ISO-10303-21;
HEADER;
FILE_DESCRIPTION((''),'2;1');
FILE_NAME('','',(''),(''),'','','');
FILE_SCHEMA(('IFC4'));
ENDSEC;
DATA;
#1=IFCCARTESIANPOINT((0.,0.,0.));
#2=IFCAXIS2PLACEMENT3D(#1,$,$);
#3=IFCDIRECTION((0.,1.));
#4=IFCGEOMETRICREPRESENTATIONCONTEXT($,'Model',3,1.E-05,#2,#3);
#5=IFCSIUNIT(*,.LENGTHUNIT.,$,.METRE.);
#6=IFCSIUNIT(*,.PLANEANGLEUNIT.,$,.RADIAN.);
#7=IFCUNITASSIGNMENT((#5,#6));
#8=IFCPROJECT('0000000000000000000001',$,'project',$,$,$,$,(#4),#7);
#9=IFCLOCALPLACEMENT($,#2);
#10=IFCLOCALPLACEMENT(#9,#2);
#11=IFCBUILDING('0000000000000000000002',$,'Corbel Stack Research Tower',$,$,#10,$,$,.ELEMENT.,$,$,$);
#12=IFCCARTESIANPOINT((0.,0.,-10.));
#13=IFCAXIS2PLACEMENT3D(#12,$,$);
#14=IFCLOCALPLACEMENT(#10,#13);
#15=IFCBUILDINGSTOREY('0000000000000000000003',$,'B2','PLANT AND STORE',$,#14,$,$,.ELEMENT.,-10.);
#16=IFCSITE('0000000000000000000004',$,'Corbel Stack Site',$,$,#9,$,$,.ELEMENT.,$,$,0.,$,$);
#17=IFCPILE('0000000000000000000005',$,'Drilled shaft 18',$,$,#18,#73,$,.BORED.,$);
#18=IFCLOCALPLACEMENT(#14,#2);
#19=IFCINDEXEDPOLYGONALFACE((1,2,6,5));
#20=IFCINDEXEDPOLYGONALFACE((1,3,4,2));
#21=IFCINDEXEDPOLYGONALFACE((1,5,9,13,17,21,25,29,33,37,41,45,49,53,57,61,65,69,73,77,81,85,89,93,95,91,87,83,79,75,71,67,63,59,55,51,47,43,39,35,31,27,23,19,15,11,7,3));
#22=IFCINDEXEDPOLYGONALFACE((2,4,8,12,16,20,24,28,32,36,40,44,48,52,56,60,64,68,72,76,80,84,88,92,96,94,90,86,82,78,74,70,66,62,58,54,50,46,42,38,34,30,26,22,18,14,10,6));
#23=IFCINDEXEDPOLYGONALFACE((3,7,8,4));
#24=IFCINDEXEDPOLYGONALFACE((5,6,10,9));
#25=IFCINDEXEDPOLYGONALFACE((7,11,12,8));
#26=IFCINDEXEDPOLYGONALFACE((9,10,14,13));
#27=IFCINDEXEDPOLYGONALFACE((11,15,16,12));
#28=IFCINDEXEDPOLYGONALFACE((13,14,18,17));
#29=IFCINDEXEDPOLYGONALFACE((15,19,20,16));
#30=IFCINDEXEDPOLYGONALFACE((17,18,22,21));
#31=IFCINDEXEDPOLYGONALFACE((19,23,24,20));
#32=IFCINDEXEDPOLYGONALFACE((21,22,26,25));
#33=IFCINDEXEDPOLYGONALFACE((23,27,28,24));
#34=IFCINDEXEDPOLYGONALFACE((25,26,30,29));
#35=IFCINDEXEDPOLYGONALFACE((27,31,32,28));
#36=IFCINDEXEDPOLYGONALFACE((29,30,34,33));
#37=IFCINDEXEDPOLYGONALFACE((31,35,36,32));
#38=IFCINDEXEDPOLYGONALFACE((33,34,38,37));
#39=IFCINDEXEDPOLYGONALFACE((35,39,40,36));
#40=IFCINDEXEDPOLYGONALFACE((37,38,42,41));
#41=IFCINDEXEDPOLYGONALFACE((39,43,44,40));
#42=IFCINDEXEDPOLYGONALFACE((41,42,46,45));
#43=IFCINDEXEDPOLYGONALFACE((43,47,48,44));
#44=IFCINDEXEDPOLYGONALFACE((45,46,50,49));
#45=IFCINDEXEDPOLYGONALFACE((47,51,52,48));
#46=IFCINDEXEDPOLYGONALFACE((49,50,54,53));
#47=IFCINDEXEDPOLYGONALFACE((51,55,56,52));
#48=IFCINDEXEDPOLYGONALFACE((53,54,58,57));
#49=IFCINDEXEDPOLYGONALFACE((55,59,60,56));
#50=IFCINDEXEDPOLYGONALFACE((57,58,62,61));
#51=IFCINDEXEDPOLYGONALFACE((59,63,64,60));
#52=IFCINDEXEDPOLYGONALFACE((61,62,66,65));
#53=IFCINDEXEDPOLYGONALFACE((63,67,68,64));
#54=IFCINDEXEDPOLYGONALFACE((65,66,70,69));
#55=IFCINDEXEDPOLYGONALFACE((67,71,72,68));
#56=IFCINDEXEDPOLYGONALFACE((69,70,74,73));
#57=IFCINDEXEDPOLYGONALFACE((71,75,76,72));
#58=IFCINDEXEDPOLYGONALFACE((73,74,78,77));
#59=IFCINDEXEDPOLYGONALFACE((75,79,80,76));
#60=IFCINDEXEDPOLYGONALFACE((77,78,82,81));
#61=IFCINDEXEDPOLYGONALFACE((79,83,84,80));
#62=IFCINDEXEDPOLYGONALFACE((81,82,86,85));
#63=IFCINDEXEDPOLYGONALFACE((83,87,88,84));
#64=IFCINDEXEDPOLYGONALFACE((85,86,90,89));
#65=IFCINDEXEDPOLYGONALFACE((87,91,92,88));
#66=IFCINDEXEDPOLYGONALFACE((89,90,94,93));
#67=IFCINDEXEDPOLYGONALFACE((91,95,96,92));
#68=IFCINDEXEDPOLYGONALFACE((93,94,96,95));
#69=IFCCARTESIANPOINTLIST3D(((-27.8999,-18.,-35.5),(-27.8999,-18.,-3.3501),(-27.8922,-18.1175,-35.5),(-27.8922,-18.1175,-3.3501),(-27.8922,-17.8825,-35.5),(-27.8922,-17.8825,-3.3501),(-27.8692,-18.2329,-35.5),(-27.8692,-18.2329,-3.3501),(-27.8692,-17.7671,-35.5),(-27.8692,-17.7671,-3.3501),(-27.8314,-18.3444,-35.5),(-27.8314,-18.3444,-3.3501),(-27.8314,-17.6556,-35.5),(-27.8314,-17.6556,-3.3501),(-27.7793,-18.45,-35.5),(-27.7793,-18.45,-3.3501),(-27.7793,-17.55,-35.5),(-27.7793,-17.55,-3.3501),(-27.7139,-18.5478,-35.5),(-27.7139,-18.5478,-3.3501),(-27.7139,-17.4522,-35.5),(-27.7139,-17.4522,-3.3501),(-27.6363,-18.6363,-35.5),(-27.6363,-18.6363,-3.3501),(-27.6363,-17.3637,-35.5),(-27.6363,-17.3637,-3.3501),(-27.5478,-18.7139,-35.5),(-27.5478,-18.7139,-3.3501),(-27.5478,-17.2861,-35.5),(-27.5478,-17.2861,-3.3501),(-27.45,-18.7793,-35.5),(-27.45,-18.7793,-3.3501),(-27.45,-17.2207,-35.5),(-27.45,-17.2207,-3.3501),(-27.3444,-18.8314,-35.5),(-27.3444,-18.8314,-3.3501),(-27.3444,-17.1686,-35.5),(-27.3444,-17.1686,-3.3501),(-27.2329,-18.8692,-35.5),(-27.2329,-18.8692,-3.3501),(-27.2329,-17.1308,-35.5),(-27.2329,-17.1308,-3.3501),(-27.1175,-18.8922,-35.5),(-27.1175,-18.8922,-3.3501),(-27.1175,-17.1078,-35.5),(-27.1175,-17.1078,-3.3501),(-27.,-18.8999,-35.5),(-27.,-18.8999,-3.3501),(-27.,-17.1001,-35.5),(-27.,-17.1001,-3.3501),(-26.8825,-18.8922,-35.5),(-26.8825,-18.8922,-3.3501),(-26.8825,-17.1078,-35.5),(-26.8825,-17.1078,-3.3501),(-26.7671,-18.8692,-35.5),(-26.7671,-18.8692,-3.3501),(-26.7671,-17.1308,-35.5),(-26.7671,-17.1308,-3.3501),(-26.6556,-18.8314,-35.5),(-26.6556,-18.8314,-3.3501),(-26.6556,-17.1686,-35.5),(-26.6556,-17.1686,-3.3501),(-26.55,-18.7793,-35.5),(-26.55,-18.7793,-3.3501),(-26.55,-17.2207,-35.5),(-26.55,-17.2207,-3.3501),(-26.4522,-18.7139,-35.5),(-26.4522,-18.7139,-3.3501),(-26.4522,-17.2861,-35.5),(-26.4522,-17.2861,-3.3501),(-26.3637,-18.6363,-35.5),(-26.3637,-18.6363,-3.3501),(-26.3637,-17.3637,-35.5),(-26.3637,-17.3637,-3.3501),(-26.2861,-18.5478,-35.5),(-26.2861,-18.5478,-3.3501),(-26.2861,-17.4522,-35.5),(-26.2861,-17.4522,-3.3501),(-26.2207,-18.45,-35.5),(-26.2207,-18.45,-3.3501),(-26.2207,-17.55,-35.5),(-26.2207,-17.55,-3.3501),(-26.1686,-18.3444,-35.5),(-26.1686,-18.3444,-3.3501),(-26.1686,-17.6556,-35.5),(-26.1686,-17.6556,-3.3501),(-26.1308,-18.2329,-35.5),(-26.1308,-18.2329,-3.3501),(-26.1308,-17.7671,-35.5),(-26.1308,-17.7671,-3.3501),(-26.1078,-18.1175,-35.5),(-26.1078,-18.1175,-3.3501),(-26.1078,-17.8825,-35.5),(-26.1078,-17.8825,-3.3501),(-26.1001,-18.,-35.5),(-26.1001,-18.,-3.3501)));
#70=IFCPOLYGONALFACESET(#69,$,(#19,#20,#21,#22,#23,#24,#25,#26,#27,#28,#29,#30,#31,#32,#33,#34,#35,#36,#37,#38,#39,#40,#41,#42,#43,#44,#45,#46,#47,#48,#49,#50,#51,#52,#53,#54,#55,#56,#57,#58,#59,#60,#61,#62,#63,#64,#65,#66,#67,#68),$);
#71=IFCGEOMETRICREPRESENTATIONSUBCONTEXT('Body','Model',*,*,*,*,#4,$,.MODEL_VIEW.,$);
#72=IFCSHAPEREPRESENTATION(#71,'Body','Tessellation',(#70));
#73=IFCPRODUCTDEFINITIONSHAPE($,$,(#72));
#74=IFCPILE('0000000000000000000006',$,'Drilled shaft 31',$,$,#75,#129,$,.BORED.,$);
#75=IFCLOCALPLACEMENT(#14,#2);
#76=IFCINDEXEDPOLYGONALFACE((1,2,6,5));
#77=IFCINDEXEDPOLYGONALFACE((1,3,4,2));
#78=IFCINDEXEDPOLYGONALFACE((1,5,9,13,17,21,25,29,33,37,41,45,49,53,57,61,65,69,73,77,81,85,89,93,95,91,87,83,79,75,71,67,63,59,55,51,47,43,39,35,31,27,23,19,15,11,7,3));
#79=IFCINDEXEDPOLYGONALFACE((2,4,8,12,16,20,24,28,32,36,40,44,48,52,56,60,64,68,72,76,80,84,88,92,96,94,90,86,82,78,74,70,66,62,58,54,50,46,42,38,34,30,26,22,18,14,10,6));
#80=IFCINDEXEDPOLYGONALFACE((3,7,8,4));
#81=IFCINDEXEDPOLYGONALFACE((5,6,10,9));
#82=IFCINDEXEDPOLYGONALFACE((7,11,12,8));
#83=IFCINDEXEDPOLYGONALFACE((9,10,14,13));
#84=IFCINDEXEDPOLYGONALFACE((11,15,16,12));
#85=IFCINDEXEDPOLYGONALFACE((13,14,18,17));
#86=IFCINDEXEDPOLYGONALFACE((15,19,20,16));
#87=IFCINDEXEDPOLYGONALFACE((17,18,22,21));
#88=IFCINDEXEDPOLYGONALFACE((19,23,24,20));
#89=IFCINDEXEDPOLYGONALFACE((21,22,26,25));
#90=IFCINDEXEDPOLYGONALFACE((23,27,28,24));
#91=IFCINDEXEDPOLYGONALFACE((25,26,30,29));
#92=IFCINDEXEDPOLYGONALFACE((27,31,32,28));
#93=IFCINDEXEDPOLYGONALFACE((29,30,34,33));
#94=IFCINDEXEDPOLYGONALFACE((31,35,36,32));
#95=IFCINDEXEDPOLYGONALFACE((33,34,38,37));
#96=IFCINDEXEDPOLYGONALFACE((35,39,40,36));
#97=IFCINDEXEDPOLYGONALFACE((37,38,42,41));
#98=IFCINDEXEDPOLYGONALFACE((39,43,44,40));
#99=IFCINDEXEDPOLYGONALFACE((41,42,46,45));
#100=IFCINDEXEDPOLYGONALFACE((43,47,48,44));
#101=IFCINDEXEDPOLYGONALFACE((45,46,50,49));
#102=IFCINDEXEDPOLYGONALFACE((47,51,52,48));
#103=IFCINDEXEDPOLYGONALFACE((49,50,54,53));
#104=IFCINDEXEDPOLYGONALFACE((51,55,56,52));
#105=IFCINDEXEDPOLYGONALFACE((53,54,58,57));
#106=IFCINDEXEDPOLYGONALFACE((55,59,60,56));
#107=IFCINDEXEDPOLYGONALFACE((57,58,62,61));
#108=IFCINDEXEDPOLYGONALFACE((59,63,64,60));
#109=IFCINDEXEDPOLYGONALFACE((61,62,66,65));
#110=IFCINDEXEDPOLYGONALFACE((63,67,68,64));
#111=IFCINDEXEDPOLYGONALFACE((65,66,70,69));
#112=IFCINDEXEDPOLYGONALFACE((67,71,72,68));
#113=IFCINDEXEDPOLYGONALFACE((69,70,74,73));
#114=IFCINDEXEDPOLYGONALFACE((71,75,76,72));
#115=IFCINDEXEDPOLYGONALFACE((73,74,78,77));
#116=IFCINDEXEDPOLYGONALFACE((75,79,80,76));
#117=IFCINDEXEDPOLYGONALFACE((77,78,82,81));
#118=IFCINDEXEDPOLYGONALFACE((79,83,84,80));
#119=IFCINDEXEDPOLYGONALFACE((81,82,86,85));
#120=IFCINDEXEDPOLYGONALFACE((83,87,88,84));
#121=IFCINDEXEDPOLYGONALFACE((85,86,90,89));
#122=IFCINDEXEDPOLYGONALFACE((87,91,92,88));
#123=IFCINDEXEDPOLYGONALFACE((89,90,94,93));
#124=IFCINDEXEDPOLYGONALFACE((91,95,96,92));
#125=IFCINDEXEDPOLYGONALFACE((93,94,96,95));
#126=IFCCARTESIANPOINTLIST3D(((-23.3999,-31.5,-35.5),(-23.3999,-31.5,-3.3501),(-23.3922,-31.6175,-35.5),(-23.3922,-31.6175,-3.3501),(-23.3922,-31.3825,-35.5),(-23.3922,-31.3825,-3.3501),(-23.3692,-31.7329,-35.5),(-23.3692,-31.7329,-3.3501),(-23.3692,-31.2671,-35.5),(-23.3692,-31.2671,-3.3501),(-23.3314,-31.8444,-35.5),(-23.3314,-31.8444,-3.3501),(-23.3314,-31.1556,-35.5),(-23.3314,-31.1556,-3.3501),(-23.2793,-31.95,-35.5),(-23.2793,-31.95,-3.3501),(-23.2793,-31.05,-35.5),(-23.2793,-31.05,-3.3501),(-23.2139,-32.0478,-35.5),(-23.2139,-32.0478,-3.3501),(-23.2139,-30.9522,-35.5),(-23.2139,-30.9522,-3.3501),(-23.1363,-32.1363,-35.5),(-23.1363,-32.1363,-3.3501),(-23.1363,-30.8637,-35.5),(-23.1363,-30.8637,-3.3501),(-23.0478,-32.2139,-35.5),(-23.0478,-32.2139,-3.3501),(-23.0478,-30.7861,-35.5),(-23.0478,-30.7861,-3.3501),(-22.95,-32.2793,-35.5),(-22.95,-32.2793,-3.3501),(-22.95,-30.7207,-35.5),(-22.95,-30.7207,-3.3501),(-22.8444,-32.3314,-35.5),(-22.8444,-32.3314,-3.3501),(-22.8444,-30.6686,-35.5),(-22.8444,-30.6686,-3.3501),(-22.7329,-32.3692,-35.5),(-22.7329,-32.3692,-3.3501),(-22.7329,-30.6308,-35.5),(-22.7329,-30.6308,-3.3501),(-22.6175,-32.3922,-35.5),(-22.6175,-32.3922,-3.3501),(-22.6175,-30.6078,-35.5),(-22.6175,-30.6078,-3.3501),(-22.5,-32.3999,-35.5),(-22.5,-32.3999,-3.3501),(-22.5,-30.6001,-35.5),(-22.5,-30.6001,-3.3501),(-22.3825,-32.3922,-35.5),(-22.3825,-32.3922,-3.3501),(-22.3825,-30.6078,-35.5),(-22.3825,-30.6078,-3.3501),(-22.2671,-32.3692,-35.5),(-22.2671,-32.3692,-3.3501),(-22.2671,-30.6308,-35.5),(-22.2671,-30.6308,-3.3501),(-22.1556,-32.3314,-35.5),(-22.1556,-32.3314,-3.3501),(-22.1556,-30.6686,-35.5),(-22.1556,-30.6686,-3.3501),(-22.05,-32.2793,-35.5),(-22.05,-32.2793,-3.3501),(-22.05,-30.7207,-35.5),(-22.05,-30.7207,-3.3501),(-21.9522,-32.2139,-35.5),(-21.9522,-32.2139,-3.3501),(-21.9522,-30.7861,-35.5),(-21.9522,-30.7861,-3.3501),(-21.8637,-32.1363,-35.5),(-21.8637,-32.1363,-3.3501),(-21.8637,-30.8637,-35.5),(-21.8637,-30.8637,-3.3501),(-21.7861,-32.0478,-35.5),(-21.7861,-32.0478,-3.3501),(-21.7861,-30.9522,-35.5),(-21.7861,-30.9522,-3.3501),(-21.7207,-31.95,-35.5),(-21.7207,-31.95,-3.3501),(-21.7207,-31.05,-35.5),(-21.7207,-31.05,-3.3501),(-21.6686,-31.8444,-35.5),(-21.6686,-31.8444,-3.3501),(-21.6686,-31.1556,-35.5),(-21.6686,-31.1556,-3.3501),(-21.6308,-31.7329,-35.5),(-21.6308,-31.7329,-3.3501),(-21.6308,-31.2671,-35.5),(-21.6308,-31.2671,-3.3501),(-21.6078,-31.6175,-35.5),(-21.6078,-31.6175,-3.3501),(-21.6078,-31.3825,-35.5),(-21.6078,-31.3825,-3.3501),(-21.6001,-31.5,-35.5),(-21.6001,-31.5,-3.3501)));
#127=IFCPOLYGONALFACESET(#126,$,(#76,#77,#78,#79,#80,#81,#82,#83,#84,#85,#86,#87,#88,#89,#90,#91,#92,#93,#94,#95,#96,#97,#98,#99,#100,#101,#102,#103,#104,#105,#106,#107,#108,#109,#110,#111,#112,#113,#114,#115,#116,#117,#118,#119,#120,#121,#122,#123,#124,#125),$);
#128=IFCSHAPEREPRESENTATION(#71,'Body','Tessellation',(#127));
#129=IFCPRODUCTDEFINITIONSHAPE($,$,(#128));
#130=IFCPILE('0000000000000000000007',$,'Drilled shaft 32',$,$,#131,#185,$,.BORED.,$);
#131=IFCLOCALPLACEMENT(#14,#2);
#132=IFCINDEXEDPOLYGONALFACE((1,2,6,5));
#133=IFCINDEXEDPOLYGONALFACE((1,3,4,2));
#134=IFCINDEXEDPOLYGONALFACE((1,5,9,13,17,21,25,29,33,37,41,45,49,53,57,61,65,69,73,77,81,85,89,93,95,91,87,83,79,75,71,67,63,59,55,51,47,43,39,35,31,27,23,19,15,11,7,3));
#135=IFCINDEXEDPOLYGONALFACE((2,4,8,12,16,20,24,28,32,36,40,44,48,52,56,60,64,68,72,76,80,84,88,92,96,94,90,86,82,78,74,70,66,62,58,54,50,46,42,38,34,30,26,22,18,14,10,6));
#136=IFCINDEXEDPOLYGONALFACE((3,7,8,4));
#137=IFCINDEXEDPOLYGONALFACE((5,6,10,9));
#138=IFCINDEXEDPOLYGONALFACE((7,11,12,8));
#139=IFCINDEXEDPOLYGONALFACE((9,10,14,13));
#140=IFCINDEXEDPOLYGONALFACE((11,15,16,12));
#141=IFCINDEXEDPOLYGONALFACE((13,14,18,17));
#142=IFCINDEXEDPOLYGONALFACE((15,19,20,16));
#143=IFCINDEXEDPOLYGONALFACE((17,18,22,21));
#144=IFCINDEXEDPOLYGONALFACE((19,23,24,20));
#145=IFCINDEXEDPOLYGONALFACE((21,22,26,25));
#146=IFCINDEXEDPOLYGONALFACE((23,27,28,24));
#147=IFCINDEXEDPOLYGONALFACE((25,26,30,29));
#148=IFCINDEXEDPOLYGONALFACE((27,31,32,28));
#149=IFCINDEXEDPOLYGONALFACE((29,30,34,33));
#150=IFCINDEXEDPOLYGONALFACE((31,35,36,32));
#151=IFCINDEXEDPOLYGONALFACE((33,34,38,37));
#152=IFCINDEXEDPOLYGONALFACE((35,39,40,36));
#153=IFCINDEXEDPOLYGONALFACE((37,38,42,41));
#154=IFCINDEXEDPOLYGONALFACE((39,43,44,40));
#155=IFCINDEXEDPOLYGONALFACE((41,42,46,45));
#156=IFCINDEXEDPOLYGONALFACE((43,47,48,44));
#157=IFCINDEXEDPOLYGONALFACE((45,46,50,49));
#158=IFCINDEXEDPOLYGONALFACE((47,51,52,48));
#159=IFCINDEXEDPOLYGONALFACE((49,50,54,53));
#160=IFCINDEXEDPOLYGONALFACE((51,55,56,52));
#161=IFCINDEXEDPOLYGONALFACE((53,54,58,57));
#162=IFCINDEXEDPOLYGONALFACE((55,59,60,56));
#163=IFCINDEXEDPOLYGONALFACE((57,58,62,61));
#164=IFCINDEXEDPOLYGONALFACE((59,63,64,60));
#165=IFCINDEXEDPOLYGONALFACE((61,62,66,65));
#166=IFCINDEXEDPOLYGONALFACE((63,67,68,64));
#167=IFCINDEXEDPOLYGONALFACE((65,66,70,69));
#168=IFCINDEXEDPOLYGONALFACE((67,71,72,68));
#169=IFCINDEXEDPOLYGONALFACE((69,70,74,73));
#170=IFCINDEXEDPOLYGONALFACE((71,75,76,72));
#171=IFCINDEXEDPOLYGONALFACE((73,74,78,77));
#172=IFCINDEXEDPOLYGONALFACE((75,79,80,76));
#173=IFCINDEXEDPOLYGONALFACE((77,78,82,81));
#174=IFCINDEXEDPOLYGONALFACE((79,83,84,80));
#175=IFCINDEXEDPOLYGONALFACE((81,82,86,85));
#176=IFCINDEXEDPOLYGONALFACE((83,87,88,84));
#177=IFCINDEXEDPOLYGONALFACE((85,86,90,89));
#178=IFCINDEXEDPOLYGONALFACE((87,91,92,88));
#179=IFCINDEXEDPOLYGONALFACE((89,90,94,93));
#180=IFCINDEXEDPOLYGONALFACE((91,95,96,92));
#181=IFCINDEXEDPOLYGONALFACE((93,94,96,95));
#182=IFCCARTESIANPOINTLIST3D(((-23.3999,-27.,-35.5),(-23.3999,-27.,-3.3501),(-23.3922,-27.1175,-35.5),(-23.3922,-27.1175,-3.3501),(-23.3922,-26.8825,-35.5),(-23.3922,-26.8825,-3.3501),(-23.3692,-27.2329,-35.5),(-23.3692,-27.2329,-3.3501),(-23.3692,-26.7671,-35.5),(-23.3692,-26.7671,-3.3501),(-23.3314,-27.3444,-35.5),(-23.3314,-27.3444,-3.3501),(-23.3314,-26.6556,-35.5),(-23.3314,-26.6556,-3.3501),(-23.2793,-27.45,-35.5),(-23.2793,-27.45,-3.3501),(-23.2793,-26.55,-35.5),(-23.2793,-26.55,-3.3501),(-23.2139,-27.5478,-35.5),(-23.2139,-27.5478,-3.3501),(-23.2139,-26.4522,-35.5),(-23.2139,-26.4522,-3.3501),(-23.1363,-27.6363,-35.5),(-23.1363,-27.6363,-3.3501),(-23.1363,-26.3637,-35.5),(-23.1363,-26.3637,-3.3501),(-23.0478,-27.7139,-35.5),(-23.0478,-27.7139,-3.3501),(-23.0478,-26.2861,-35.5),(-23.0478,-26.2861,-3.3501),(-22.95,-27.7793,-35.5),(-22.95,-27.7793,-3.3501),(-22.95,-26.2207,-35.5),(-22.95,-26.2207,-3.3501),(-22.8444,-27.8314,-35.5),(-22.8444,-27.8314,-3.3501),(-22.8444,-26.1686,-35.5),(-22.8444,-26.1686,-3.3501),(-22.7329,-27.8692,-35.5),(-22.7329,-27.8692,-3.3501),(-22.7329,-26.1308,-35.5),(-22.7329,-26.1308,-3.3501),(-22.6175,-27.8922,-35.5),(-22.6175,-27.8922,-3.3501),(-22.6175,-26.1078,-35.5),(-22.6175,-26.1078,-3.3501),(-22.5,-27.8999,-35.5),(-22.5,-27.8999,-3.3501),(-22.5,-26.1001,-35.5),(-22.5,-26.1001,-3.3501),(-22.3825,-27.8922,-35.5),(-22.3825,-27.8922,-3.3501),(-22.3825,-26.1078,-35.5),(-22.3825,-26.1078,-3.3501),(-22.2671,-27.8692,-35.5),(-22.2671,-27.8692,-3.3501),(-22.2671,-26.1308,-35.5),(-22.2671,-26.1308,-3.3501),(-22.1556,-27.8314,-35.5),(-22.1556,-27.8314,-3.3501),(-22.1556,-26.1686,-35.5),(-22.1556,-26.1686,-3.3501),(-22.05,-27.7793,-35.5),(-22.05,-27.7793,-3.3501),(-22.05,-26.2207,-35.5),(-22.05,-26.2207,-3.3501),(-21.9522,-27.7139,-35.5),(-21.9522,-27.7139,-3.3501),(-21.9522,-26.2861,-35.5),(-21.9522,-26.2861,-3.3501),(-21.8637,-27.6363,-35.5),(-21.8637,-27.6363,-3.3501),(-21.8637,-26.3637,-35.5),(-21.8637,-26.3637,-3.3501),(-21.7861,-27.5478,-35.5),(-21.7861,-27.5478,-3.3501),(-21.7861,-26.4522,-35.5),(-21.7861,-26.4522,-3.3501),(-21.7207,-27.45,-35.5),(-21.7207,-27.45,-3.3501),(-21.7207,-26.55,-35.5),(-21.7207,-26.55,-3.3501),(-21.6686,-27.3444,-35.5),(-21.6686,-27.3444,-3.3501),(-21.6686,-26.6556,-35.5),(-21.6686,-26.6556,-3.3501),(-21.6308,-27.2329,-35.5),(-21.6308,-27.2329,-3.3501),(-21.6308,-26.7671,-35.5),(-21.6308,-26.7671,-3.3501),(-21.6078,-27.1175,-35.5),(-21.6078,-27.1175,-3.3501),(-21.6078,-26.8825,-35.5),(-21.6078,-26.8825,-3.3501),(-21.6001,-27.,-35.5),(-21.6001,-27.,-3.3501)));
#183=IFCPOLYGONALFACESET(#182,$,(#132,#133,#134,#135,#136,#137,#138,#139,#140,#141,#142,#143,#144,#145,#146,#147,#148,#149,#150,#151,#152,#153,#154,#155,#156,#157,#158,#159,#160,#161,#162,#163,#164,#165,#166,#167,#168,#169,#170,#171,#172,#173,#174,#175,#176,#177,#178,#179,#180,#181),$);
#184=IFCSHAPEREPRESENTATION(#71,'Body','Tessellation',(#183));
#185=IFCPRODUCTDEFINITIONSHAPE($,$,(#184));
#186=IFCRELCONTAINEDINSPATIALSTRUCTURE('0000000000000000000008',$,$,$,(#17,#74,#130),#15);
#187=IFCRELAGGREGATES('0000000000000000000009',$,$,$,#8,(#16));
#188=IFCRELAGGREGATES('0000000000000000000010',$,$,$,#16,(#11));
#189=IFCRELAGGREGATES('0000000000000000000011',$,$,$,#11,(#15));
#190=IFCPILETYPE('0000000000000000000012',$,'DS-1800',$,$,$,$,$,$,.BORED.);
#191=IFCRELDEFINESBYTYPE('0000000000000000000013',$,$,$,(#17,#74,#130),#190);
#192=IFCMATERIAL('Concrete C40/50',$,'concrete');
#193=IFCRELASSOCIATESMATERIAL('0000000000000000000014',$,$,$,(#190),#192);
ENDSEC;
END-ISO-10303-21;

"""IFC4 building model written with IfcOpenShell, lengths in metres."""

from ifc_helpers import new_model, si_unit, direction, frame, origin, origin_2d, place, context, subcontext, project, spatial, circle, extrude, material, material_profile, profile_set, type_object, element, save


model = new_model("IFC4")

# Units and contexts
model_context = context("Model", 3, precision=1e-05, world=origin(), true_north=direction((0.0, 1.0)))
body_context = subcontext(model_context, "Body", "Model", "MODEL_VIEW")
ifc_project = project(units=[si_unit("LENGTHUNIT", "METRE"), si_unit("PLANEANGLEUNIT", "RADIAN")], contexts=[model_context])

# Site, building, storey
site_placement = place(None, origin())
site = spatial("IfcSite", under=ifc_project, at=site_placement, Name="Corbel Stack Site", CompositionType="ELEMENT", RefElevation=0.0)
building_placement = place(site_placement, origin())
building = spatial("IfcBuilding", under=site, at=building_placement, Name="Corbel Stack Research Tower", CompositionType="ELEMENT")
storey_placement = place(building_placement, frame((0.0, 0.0, -10.0)))
storey = spatial("IfcBuildingStorey", under=building, at=storey_placement, Name="B2", Description="PLANT AND STORE", CompositionType="ELEMENT", Elevation=-10.0)

# Piles
ifc_material_1 = material(Name="Concrete C40/50", Category="concrete")
ifc_material_profile_1 = material_profile(ifc_material_1, circle(Radius=0.8999, at=origin_2d()), Name="Shaft 1800")
ifc_profile_set_1 = profile_set([ifc_material_profile_1], Name="Concrete C40/50")
pile_type = type_object("IfcPileType", Name="DS-1800", PredefinedType="BORED", material=ifc_profile_set_1)
for number, where, z_axis, x_axis, name in (
    (1, (-27.0, -18.0, -3.3501), (0.0, 0.0, -1.0), (1.0, 0.0, 0.0), "Drilled shaft 18"),
    (2, (-22.5, -31.5, -3.3501), (0.0, 0.0, -1.0), (1.0, 0.0, 0.0), "Drilled shaft 31"),
    (3, (-22.5, -27.0, -3.3501), (0.0, 0.0, -1.0), (1.0, 0.0, 0.0), "Drilled shaft 32"),
):
    element("IfcPile", number, at=place(storey_placement, frame(where, z_axis=z_axis, x_axis=x_axis)), inside=storey, type_object=pile_type, Name=name, PredefinedType="BORED", context=body_context, shape_type="SweptSolid", body=[
        extrude(circle(Radius=0.8999, at=origin_2d()), origin(), (0.0, 0.0, 1.0), 32.1499),
    ])

save(model, "model.ifc")
